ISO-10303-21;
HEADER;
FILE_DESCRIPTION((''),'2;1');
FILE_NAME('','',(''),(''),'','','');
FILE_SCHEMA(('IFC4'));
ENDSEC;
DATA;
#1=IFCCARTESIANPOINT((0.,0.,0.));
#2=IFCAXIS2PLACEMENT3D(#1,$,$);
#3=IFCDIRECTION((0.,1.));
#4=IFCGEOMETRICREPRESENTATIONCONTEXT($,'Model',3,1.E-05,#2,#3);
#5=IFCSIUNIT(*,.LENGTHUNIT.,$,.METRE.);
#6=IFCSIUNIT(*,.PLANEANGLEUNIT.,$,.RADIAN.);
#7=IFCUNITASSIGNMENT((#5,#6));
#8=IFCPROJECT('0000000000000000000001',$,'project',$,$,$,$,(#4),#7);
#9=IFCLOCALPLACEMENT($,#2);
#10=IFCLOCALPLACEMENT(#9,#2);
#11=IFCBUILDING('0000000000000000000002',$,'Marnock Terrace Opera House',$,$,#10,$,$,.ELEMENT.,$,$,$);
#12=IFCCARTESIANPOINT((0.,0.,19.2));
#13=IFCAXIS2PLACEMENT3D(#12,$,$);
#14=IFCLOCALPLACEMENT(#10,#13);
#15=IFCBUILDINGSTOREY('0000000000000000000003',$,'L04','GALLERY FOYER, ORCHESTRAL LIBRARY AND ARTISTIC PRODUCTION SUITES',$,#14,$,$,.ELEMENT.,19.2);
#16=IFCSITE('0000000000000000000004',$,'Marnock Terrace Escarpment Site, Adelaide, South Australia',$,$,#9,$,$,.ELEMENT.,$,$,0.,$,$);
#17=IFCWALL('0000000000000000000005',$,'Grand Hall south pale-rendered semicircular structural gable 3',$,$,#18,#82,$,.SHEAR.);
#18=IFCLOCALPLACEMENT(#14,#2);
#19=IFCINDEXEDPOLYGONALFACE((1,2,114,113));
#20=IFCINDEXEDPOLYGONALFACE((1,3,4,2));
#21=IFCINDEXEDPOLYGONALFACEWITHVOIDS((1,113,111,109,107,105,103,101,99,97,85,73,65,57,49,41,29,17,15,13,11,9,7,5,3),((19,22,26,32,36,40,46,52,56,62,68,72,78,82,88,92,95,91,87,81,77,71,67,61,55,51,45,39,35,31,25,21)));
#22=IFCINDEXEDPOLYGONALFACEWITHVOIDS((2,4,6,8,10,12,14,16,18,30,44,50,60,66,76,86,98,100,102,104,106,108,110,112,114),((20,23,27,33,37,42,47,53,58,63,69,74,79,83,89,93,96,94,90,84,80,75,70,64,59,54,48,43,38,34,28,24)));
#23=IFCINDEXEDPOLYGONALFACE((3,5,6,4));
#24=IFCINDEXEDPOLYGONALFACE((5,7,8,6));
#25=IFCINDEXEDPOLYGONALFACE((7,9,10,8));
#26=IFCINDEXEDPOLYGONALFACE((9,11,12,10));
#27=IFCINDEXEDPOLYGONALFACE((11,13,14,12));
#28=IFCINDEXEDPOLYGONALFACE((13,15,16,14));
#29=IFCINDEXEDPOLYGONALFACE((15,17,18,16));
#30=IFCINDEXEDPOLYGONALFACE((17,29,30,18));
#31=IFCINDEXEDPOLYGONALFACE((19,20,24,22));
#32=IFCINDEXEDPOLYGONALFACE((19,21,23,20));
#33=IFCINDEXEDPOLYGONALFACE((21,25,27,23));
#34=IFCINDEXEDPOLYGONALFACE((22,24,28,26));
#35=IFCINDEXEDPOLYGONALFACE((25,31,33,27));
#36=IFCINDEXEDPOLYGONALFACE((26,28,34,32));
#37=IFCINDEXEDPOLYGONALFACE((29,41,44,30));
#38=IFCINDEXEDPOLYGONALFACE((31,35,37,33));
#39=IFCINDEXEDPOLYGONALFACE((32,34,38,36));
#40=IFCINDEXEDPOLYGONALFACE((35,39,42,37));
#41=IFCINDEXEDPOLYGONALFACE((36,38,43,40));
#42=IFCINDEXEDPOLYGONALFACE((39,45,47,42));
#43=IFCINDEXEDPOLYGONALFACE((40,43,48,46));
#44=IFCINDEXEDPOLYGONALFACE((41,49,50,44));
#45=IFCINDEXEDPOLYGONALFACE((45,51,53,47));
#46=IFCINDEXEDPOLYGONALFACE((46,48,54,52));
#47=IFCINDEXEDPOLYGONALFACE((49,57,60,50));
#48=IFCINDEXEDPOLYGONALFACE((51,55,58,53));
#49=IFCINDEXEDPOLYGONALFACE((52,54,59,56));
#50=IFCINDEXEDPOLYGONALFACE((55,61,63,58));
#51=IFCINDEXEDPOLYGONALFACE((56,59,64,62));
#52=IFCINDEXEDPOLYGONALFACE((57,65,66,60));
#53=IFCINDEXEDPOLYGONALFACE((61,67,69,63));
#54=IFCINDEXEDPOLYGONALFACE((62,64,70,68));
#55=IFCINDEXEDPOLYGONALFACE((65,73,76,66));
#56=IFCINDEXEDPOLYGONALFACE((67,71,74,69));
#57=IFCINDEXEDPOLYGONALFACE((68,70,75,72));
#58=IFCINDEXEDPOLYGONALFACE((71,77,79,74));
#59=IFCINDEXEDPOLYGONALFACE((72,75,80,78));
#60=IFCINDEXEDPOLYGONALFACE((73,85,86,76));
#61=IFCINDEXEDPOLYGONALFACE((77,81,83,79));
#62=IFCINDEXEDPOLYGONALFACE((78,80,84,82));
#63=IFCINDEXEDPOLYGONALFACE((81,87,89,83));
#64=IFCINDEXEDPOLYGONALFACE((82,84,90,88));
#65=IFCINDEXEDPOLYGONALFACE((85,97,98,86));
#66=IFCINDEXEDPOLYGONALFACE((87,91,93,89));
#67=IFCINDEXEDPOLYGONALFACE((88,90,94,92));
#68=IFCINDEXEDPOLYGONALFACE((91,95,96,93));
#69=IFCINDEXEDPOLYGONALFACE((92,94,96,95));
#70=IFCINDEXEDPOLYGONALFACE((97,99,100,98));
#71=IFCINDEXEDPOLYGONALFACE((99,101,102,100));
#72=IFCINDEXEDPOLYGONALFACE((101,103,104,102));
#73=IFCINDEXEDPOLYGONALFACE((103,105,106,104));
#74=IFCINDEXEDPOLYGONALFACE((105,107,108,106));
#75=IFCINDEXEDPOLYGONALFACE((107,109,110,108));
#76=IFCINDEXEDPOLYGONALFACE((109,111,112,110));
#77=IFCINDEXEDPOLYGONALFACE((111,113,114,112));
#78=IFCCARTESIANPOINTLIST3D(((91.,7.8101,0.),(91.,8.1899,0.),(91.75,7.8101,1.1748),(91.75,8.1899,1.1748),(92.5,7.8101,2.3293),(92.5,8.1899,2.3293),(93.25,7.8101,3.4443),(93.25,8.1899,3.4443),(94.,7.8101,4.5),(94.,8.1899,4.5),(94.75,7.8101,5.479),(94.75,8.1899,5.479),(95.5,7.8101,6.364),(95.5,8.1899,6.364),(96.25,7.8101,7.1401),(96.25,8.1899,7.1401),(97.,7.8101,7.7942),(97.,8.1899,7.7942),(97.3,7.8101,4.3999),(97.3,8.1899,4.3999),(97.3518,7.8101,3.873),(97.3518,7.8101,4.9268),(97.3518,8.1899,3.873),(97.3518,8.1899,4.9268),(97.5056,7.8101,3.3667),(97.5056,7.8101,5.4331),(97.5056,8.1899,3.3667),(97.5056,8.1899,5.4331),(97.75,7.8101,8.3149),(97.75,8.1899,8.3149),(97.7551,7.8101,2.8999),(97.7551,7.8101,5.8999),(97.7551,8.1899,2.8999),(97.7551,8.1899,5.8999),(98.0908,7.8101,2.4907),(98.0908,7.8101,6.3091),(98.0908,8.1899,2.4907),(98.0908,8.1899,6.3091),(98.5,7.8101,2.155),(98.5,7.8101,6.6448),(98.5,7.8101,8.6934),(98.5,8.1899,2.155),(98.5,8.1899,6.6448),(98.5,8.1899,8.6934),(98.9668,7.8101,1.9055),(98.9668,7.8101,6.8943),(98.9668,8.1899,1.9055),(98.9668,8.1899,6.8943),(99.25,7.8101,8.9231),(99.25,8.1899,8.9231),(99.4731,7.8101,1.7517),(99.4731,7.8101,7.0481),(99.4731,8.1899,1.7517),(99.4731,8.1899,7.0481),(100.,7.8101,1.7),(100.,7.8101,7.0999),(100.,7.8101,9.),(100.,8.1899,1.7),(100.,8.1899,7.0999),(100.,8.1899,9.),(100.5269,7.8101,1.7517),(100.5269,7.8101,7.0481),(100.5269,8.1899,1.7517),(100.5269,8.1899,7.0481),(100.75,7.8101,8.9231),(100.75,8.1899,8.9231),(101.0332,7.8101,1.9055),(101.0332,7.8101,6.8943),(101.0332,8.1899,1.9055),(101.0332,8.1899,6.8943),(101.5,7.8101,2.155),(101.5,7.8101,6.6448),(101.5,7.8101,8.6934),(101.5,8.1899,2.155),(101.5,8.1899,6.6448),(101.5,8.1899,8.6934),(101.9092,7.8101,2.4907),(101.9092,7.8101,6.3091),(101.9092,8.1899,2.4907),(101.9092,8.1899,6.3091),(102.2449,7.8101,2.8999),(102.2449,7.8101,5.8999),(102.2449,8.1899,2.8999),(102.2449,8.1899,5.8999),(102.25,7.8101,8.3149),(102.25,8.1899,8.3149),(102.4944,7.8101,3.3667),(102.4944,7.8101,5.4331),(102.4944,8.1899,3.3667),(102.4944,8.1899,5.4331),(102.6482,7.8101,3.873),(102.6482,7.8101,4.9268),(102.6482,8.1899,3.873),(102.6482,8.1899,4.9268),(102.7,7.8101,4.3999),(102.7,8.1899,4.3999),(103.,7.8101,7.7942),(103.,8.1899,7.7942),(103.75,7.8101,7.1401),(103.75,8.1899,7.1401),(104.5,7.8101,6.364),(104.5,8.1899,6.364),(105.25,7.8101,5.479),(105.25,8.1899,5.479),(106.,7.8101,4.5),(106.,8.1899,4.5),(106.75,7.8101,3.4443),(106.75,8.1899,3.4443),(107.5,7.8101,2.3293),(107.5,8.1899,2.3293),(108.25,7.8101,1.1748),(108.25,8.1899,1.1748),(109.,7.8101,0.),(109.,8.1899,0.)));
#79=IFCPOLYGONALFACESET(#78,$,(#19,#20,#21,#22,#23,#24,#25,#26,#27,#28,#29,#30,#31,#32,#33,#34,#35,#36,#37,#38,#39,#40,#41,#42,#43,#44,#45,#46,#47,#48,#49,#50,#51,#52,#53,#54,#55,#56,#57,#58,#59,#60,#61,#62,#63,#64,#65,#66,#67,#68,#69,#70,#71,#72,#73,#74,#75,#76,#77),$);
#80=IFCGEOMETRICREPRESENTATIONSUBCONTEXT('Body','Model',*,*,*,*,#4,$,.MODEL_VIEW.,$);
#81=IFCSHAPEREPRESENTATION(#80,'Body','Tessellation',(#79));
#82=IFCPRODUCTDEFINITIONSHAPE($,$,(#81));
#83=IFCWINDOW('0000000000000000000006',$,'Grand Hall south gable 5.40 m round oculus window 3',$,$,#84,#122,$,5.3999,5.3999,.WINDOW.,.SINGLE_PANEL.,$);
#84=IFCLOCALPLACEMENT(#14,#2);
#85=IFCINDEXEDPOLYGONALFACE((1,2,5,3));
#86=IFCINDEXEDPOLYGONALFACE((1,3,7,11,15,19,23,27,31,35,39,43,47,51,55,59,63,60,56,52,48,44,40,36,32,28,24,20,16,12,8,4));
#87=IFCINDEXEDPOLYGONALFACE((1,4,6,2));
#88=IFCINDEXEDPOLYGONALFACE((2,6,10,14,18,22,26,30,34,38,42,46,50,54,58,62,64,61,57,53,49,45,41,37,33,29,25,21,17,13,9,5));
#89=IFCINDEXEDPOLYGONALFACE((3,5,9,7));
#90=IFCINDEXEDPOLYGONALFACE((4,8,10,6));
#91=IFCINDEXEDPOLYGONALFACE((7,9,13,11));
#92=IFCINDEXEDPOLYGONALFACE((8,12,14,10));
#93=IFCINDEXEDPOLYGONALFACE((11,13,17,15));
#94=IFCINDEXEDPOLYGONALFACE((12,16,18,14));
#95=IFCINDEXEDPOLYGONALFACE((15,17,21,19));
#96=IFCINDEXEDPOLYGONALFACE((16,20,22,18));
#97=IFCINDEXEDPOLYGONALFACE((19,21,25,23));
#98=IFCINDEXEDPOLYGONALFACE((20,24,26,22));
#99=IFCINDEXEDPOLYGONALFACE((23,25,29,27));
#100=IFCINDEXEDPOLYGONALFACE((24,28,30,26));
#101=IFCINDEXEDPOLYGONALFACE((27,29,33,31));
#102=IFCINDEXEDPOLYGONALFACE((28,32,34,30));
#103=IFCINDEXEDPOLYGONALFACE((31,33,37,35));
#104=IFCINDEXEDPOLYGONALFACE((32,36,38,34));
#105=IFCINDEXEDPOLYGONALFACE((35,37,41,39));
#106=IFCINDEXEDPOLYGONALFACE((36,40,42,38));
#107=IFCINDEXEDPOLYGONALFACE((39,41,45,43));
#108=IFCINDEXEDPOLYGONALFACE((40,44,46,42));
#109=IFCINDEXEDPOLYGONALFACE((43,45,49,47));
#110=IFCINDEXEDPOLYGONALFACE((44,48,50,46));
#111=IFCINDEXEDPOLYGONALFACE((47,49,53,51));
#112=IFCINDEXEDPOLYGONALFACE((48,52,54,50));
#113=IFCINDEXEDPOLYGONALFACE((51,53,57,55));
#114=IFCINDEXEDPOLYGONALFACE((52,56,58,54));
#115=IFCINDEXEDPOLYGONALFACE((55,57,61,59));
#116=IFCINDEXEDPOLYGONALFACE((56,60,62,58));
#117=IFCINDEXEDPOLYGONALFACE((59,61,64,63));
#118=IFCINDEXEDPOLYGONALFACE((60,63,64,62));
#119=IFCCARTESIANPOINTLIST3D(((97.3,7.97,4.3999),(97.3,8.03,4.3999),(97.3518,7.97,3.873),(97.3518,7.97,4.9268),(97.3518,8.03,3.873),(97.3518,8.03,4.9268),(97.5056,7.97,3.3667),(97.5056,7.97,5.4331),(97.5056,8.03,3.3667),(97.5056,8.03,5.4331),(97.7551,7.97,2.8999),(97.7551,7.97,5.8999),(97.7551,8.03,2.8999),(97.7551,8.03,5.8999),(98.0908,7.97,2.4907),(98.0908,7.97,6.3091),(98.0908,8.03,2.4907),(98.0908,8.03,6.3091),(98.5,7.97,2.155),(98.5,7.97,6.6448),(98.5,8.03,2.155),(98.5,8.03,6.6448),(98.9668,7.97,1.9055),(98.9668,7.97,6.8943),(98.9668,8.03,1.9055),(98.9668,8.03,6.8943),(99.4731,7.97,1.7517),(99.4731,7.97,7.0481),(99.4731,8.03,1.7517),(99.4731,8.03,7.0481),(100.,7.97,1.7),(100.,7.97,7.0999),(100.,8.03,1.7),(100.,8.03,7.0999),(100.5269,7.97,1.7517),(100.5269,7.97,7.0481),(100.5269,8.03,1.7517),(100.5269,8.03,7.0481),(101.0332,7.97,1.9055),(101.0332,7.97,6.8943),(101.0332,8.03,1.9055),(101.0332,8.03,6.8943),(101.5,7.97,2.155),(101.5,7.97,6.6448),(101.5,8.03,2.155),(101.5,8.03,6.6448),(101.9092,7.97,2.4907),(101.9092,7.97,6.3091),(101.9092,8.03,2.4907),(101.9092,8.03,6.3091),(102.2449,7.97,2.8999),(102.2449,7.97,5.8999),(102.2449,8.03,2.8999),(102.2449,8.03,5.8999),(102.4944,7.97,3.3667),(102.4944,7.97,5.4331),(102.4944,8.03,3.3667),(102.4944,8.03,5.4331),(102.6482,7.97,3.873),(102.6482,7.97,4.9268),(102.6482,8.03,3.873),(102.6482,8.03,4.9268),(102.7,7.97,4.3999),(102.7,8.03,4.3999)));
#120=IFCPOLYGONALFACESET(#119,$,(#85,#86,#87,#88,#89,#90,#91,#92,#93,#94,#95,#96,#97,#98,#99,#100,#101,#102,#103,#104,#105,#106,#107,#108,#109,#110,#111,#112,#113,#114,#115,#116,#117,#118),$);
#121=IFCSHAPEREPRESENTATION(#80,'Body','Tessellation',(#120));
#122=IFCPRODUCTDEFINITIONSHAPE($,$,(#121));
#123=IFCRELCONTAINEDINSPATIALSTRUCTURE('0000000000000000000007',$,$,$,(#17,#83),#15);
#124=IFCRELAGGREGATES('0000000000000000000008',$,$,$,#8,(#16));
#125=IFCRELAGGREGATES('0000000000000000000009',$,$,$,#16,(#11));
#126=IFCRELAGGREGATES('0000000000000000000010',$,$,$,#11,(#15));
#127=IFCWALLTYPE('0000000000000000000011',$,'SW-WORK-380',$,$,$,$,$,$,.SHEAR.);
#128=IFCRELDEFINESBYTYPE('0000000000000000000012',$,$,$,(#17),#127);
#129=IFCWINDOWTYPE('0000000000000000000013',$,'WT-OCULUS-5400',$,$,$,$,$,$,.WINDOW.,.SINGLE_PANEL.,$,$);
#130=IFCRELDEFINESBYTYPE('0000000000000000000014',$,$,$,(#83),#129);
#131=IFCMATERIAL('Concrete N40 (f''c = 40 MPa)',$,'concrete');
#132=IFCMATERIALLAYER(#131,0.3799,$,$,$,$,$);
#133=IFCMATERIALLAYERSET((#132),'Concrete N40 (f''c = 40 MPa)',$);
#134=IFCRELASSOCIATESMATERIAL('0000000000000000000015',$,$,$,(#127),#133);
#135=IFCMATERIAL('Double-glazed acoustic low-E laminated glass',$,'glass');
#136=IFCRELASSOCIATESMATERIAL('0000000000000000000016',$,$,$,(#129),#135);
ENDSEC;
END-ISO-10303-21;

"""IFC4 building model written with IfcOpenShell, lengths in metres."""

from ifc_helpers import new_model, si_unit, direction, frame, origin, place, context, subcontext, project, spatial, polyline, outline, extrude, material, layer, layer_set, type_object, element, fill, save


model = new_model("IFC4")

# Units and contexts
model_context = context("Model", 3, precision=1e-05, world=origin(), true_north=direction((0.0, 1.0)))
body_context = subcontext(model_context, "Body", "Model", "MODEL_VIEW")
ifc_project = project(units=[si_unit("LENGTHUNIT", "METRE"), si_unit("PLANEANGLEUNIT", "RADIAN")], contexts=[model_context])

# Site, building, storey
site_placement = place(None, origin())
site = spatial("IfcSite", under=ifc_project, at=site_placement, Name="Marnock Terrace Escarpment Site, Adelaide, South Australia", CompositionType="ELEMENT", RefElevation=0.0)
building_placement = place(site_placement, origin())
building = spatial("IfcBuilding", under=site, at=building_placement, Name="Marnock Terrace Opera House", CompositionType="ELEMENT")
storey_placement = place(building_placement, frame((0.0, 0.0, 19.2)))
storey = spatial("IfcBuildingStorey", under=building, at=storey_placement, Name="L04", Description="GALLERY FOYER, ORCHESTRAL LIBRARY AND ARTISTIC PRODUCTION SUITES", CompositionType="ELEMENT", Elevation=19.2)

# Wall, opening, window
ifc_material_1 = material(Name="Concrete N40 (f'c = 40 MPa)", Category="concrete")
ifc_layer_1 = layer(ifc_material_1, 0.3799)
ifc_layer_set_1 = layer_set([ifc_layer_1], Name="Concrete N40 (f'c = 40 MPa)")
wall_type = type_object("IfcWallType", Name="SW-WORK-380", PredefinedType="SHEAR", material=ifc_layer_set_1)
ifc_material_2 = material(Name="Double-glazed acoustic low-E laminated glass", Category="glass")
window_type = type_object("IfcWindowType", Name="WT-OCULUS-5400", PartitioningType="SINGLE_PANEL", PredefinedType="WINDOW", material=ifc_material_2)
wall_1_placement = place(storey_placement, frame((91.0, 8.0, 0.0), z_axis=(0.0, 0.0, 1.0), x_axis=(1.0, 0.0, 0.0)))
wall_1 = element("IfcWall", 1, at=wall_1_placement, inside=storey, type_object=wall_type, Name="Grand Hall south pale-rendered semicircular structural gable 3", PredefinedType="SHEAR", context=body_context, shape_type="SweptSolid", body=[
    extrude(outline(polyline([(0.0, 0.0), (18.0, 0.0), (18.0, 0.0), (17.25, 1.1748), (16.5, 2.3293), (15.75, 3.4443), (15.0, 4.5), (14.25, 5.479), (13.5, 6.364), (12.75, 7.1401), (12.0, 7.7942), (11.25, 8.3149), (10.5, 8.6934), (9.75, 8.9231), (9.0, 9.0), (8.25, 8.9231), (7.5, 8.6934), (6.75, 8.3149), (6.0, 7.7942), (5.25, 7.1401), (4.5, 6.364), (3.75, 5.479), (3.0, 4.5), (2.25, 3.4443), (1.5, 2.3293), (0.75, 1.1748), (0.0, 0.0), (0.0, 0.0)])), frame((0.0, 0.1899, 0.0), z_axis=(0.0, -1.0, 0.0), x_axis=(1.0, 0.0, 0.0)), (0.0, 0.0, 1.0), 0.3799),
])
opening_1_placement = place(wall_1_placement, frame((6.3, 0.0, 1.7)))
opening_1 = element("IfcOpeningElement", 2, at=opening_1_placement, cuts=wall_1, PredefinedType="OPENING", context=body_context, shape_type="SweptSolid", body=[
    extrude(outline(polyline([(5.3999, 2.7), (5.3481, 3.2268), (5.1943, 3.7332), (4.9448, 4.2), (4.6091, 4.6091), (4.2, 4.9448), (3.7332, 5.1943), (3.2268, 5.3481), (2.7, 5.3999), (2.1731, 5.3481), (1.6667, 5.1943), (1.2, 4.9448), (0.7908, 4.6091), (0.4551, 4.2), (0.2056, 3.7332), (0.0518, 3.2268), (0.0, 2.7), (0.0518, 2.1731), (0.2056, 1.6667), (0.4551, 1.2), (0.7908, 0.7908), (1.2, 0.4551), (1.6667, 0.2056), (2.1731, 0.0518), (2.7, 0.0), (3.2268, 0.0518), (3.7332, 0.2056), (4.2, 0.4551), (4.6091, 0.7908), (4.9448, 1.2), (5.1943, 1.6667), (5.3481, 2.1731), (5.3999, 2.7)])), frame((0.0, 0.2, 0.0), z_axis=(0.0, -1.0, 0.0), x_axis=(1.0, 0.0, 0.0)), (0.0, 0.0, 1.0), 0.3999),
])
window_1_placement = place(opening_1_placement, origin())
window_1 = element("IfcWindow", 3, at=window_1_placement, inside=storey, type_object=window_type, Name="Grand Hall south gable 5.40 m round oculus window 3", OverallHeight=5.3999, OverallWidth=5.3999, PartitioningType="SINGLE_PANEL", PredefinedType="WINDOW", context=body_context, shape_type="SweptSolid", body=[
    extrude(outline(polyline([(5.3999, 2.7), (5.3481, 3.2268), (5.1943, 3.7332), (4.9448, 4.2), (4.6091, 4.6091), (4.2, 4.9448), (3.7332, 5.1943), (3.2268, 5.3481), (2.7, 5.3999), (2.1731, 5.3481), (1.6667, 5.1943), (1.2, 4.9448), (0.7908, 4.6091), (0.4551, 4.2), (0.2056, 3.7332), (0.0518, 3.2268), (0.0, 2.7), (0.0518, 2.1731), (0.2056, 1.6667), (0.4551, 1.2), (0.7908, 0.7908), (1.2, 0.4551), (1.6667, 0.2056), (2.1731, 0.0518), (2.7, 0.0), (3.2268, 0.0518), (3.7332, 0.2056), (4.2, 0.4551), (4.6091, 0.7908), (4.9448, 1.2), (5.1943, 1.6667), (5.3481, 2.1731), (5.3999, 2.7)])), frame((0.0, 0.03, 0.0), z_axis=(0.0, -1.0, 0.0), x_axis=(1.0, 0.0, 0.0)), (0.0, 0.0, 1.0), 0.0601),
])
fill(opening_1, window_1)

save(model, "model.ifc")
